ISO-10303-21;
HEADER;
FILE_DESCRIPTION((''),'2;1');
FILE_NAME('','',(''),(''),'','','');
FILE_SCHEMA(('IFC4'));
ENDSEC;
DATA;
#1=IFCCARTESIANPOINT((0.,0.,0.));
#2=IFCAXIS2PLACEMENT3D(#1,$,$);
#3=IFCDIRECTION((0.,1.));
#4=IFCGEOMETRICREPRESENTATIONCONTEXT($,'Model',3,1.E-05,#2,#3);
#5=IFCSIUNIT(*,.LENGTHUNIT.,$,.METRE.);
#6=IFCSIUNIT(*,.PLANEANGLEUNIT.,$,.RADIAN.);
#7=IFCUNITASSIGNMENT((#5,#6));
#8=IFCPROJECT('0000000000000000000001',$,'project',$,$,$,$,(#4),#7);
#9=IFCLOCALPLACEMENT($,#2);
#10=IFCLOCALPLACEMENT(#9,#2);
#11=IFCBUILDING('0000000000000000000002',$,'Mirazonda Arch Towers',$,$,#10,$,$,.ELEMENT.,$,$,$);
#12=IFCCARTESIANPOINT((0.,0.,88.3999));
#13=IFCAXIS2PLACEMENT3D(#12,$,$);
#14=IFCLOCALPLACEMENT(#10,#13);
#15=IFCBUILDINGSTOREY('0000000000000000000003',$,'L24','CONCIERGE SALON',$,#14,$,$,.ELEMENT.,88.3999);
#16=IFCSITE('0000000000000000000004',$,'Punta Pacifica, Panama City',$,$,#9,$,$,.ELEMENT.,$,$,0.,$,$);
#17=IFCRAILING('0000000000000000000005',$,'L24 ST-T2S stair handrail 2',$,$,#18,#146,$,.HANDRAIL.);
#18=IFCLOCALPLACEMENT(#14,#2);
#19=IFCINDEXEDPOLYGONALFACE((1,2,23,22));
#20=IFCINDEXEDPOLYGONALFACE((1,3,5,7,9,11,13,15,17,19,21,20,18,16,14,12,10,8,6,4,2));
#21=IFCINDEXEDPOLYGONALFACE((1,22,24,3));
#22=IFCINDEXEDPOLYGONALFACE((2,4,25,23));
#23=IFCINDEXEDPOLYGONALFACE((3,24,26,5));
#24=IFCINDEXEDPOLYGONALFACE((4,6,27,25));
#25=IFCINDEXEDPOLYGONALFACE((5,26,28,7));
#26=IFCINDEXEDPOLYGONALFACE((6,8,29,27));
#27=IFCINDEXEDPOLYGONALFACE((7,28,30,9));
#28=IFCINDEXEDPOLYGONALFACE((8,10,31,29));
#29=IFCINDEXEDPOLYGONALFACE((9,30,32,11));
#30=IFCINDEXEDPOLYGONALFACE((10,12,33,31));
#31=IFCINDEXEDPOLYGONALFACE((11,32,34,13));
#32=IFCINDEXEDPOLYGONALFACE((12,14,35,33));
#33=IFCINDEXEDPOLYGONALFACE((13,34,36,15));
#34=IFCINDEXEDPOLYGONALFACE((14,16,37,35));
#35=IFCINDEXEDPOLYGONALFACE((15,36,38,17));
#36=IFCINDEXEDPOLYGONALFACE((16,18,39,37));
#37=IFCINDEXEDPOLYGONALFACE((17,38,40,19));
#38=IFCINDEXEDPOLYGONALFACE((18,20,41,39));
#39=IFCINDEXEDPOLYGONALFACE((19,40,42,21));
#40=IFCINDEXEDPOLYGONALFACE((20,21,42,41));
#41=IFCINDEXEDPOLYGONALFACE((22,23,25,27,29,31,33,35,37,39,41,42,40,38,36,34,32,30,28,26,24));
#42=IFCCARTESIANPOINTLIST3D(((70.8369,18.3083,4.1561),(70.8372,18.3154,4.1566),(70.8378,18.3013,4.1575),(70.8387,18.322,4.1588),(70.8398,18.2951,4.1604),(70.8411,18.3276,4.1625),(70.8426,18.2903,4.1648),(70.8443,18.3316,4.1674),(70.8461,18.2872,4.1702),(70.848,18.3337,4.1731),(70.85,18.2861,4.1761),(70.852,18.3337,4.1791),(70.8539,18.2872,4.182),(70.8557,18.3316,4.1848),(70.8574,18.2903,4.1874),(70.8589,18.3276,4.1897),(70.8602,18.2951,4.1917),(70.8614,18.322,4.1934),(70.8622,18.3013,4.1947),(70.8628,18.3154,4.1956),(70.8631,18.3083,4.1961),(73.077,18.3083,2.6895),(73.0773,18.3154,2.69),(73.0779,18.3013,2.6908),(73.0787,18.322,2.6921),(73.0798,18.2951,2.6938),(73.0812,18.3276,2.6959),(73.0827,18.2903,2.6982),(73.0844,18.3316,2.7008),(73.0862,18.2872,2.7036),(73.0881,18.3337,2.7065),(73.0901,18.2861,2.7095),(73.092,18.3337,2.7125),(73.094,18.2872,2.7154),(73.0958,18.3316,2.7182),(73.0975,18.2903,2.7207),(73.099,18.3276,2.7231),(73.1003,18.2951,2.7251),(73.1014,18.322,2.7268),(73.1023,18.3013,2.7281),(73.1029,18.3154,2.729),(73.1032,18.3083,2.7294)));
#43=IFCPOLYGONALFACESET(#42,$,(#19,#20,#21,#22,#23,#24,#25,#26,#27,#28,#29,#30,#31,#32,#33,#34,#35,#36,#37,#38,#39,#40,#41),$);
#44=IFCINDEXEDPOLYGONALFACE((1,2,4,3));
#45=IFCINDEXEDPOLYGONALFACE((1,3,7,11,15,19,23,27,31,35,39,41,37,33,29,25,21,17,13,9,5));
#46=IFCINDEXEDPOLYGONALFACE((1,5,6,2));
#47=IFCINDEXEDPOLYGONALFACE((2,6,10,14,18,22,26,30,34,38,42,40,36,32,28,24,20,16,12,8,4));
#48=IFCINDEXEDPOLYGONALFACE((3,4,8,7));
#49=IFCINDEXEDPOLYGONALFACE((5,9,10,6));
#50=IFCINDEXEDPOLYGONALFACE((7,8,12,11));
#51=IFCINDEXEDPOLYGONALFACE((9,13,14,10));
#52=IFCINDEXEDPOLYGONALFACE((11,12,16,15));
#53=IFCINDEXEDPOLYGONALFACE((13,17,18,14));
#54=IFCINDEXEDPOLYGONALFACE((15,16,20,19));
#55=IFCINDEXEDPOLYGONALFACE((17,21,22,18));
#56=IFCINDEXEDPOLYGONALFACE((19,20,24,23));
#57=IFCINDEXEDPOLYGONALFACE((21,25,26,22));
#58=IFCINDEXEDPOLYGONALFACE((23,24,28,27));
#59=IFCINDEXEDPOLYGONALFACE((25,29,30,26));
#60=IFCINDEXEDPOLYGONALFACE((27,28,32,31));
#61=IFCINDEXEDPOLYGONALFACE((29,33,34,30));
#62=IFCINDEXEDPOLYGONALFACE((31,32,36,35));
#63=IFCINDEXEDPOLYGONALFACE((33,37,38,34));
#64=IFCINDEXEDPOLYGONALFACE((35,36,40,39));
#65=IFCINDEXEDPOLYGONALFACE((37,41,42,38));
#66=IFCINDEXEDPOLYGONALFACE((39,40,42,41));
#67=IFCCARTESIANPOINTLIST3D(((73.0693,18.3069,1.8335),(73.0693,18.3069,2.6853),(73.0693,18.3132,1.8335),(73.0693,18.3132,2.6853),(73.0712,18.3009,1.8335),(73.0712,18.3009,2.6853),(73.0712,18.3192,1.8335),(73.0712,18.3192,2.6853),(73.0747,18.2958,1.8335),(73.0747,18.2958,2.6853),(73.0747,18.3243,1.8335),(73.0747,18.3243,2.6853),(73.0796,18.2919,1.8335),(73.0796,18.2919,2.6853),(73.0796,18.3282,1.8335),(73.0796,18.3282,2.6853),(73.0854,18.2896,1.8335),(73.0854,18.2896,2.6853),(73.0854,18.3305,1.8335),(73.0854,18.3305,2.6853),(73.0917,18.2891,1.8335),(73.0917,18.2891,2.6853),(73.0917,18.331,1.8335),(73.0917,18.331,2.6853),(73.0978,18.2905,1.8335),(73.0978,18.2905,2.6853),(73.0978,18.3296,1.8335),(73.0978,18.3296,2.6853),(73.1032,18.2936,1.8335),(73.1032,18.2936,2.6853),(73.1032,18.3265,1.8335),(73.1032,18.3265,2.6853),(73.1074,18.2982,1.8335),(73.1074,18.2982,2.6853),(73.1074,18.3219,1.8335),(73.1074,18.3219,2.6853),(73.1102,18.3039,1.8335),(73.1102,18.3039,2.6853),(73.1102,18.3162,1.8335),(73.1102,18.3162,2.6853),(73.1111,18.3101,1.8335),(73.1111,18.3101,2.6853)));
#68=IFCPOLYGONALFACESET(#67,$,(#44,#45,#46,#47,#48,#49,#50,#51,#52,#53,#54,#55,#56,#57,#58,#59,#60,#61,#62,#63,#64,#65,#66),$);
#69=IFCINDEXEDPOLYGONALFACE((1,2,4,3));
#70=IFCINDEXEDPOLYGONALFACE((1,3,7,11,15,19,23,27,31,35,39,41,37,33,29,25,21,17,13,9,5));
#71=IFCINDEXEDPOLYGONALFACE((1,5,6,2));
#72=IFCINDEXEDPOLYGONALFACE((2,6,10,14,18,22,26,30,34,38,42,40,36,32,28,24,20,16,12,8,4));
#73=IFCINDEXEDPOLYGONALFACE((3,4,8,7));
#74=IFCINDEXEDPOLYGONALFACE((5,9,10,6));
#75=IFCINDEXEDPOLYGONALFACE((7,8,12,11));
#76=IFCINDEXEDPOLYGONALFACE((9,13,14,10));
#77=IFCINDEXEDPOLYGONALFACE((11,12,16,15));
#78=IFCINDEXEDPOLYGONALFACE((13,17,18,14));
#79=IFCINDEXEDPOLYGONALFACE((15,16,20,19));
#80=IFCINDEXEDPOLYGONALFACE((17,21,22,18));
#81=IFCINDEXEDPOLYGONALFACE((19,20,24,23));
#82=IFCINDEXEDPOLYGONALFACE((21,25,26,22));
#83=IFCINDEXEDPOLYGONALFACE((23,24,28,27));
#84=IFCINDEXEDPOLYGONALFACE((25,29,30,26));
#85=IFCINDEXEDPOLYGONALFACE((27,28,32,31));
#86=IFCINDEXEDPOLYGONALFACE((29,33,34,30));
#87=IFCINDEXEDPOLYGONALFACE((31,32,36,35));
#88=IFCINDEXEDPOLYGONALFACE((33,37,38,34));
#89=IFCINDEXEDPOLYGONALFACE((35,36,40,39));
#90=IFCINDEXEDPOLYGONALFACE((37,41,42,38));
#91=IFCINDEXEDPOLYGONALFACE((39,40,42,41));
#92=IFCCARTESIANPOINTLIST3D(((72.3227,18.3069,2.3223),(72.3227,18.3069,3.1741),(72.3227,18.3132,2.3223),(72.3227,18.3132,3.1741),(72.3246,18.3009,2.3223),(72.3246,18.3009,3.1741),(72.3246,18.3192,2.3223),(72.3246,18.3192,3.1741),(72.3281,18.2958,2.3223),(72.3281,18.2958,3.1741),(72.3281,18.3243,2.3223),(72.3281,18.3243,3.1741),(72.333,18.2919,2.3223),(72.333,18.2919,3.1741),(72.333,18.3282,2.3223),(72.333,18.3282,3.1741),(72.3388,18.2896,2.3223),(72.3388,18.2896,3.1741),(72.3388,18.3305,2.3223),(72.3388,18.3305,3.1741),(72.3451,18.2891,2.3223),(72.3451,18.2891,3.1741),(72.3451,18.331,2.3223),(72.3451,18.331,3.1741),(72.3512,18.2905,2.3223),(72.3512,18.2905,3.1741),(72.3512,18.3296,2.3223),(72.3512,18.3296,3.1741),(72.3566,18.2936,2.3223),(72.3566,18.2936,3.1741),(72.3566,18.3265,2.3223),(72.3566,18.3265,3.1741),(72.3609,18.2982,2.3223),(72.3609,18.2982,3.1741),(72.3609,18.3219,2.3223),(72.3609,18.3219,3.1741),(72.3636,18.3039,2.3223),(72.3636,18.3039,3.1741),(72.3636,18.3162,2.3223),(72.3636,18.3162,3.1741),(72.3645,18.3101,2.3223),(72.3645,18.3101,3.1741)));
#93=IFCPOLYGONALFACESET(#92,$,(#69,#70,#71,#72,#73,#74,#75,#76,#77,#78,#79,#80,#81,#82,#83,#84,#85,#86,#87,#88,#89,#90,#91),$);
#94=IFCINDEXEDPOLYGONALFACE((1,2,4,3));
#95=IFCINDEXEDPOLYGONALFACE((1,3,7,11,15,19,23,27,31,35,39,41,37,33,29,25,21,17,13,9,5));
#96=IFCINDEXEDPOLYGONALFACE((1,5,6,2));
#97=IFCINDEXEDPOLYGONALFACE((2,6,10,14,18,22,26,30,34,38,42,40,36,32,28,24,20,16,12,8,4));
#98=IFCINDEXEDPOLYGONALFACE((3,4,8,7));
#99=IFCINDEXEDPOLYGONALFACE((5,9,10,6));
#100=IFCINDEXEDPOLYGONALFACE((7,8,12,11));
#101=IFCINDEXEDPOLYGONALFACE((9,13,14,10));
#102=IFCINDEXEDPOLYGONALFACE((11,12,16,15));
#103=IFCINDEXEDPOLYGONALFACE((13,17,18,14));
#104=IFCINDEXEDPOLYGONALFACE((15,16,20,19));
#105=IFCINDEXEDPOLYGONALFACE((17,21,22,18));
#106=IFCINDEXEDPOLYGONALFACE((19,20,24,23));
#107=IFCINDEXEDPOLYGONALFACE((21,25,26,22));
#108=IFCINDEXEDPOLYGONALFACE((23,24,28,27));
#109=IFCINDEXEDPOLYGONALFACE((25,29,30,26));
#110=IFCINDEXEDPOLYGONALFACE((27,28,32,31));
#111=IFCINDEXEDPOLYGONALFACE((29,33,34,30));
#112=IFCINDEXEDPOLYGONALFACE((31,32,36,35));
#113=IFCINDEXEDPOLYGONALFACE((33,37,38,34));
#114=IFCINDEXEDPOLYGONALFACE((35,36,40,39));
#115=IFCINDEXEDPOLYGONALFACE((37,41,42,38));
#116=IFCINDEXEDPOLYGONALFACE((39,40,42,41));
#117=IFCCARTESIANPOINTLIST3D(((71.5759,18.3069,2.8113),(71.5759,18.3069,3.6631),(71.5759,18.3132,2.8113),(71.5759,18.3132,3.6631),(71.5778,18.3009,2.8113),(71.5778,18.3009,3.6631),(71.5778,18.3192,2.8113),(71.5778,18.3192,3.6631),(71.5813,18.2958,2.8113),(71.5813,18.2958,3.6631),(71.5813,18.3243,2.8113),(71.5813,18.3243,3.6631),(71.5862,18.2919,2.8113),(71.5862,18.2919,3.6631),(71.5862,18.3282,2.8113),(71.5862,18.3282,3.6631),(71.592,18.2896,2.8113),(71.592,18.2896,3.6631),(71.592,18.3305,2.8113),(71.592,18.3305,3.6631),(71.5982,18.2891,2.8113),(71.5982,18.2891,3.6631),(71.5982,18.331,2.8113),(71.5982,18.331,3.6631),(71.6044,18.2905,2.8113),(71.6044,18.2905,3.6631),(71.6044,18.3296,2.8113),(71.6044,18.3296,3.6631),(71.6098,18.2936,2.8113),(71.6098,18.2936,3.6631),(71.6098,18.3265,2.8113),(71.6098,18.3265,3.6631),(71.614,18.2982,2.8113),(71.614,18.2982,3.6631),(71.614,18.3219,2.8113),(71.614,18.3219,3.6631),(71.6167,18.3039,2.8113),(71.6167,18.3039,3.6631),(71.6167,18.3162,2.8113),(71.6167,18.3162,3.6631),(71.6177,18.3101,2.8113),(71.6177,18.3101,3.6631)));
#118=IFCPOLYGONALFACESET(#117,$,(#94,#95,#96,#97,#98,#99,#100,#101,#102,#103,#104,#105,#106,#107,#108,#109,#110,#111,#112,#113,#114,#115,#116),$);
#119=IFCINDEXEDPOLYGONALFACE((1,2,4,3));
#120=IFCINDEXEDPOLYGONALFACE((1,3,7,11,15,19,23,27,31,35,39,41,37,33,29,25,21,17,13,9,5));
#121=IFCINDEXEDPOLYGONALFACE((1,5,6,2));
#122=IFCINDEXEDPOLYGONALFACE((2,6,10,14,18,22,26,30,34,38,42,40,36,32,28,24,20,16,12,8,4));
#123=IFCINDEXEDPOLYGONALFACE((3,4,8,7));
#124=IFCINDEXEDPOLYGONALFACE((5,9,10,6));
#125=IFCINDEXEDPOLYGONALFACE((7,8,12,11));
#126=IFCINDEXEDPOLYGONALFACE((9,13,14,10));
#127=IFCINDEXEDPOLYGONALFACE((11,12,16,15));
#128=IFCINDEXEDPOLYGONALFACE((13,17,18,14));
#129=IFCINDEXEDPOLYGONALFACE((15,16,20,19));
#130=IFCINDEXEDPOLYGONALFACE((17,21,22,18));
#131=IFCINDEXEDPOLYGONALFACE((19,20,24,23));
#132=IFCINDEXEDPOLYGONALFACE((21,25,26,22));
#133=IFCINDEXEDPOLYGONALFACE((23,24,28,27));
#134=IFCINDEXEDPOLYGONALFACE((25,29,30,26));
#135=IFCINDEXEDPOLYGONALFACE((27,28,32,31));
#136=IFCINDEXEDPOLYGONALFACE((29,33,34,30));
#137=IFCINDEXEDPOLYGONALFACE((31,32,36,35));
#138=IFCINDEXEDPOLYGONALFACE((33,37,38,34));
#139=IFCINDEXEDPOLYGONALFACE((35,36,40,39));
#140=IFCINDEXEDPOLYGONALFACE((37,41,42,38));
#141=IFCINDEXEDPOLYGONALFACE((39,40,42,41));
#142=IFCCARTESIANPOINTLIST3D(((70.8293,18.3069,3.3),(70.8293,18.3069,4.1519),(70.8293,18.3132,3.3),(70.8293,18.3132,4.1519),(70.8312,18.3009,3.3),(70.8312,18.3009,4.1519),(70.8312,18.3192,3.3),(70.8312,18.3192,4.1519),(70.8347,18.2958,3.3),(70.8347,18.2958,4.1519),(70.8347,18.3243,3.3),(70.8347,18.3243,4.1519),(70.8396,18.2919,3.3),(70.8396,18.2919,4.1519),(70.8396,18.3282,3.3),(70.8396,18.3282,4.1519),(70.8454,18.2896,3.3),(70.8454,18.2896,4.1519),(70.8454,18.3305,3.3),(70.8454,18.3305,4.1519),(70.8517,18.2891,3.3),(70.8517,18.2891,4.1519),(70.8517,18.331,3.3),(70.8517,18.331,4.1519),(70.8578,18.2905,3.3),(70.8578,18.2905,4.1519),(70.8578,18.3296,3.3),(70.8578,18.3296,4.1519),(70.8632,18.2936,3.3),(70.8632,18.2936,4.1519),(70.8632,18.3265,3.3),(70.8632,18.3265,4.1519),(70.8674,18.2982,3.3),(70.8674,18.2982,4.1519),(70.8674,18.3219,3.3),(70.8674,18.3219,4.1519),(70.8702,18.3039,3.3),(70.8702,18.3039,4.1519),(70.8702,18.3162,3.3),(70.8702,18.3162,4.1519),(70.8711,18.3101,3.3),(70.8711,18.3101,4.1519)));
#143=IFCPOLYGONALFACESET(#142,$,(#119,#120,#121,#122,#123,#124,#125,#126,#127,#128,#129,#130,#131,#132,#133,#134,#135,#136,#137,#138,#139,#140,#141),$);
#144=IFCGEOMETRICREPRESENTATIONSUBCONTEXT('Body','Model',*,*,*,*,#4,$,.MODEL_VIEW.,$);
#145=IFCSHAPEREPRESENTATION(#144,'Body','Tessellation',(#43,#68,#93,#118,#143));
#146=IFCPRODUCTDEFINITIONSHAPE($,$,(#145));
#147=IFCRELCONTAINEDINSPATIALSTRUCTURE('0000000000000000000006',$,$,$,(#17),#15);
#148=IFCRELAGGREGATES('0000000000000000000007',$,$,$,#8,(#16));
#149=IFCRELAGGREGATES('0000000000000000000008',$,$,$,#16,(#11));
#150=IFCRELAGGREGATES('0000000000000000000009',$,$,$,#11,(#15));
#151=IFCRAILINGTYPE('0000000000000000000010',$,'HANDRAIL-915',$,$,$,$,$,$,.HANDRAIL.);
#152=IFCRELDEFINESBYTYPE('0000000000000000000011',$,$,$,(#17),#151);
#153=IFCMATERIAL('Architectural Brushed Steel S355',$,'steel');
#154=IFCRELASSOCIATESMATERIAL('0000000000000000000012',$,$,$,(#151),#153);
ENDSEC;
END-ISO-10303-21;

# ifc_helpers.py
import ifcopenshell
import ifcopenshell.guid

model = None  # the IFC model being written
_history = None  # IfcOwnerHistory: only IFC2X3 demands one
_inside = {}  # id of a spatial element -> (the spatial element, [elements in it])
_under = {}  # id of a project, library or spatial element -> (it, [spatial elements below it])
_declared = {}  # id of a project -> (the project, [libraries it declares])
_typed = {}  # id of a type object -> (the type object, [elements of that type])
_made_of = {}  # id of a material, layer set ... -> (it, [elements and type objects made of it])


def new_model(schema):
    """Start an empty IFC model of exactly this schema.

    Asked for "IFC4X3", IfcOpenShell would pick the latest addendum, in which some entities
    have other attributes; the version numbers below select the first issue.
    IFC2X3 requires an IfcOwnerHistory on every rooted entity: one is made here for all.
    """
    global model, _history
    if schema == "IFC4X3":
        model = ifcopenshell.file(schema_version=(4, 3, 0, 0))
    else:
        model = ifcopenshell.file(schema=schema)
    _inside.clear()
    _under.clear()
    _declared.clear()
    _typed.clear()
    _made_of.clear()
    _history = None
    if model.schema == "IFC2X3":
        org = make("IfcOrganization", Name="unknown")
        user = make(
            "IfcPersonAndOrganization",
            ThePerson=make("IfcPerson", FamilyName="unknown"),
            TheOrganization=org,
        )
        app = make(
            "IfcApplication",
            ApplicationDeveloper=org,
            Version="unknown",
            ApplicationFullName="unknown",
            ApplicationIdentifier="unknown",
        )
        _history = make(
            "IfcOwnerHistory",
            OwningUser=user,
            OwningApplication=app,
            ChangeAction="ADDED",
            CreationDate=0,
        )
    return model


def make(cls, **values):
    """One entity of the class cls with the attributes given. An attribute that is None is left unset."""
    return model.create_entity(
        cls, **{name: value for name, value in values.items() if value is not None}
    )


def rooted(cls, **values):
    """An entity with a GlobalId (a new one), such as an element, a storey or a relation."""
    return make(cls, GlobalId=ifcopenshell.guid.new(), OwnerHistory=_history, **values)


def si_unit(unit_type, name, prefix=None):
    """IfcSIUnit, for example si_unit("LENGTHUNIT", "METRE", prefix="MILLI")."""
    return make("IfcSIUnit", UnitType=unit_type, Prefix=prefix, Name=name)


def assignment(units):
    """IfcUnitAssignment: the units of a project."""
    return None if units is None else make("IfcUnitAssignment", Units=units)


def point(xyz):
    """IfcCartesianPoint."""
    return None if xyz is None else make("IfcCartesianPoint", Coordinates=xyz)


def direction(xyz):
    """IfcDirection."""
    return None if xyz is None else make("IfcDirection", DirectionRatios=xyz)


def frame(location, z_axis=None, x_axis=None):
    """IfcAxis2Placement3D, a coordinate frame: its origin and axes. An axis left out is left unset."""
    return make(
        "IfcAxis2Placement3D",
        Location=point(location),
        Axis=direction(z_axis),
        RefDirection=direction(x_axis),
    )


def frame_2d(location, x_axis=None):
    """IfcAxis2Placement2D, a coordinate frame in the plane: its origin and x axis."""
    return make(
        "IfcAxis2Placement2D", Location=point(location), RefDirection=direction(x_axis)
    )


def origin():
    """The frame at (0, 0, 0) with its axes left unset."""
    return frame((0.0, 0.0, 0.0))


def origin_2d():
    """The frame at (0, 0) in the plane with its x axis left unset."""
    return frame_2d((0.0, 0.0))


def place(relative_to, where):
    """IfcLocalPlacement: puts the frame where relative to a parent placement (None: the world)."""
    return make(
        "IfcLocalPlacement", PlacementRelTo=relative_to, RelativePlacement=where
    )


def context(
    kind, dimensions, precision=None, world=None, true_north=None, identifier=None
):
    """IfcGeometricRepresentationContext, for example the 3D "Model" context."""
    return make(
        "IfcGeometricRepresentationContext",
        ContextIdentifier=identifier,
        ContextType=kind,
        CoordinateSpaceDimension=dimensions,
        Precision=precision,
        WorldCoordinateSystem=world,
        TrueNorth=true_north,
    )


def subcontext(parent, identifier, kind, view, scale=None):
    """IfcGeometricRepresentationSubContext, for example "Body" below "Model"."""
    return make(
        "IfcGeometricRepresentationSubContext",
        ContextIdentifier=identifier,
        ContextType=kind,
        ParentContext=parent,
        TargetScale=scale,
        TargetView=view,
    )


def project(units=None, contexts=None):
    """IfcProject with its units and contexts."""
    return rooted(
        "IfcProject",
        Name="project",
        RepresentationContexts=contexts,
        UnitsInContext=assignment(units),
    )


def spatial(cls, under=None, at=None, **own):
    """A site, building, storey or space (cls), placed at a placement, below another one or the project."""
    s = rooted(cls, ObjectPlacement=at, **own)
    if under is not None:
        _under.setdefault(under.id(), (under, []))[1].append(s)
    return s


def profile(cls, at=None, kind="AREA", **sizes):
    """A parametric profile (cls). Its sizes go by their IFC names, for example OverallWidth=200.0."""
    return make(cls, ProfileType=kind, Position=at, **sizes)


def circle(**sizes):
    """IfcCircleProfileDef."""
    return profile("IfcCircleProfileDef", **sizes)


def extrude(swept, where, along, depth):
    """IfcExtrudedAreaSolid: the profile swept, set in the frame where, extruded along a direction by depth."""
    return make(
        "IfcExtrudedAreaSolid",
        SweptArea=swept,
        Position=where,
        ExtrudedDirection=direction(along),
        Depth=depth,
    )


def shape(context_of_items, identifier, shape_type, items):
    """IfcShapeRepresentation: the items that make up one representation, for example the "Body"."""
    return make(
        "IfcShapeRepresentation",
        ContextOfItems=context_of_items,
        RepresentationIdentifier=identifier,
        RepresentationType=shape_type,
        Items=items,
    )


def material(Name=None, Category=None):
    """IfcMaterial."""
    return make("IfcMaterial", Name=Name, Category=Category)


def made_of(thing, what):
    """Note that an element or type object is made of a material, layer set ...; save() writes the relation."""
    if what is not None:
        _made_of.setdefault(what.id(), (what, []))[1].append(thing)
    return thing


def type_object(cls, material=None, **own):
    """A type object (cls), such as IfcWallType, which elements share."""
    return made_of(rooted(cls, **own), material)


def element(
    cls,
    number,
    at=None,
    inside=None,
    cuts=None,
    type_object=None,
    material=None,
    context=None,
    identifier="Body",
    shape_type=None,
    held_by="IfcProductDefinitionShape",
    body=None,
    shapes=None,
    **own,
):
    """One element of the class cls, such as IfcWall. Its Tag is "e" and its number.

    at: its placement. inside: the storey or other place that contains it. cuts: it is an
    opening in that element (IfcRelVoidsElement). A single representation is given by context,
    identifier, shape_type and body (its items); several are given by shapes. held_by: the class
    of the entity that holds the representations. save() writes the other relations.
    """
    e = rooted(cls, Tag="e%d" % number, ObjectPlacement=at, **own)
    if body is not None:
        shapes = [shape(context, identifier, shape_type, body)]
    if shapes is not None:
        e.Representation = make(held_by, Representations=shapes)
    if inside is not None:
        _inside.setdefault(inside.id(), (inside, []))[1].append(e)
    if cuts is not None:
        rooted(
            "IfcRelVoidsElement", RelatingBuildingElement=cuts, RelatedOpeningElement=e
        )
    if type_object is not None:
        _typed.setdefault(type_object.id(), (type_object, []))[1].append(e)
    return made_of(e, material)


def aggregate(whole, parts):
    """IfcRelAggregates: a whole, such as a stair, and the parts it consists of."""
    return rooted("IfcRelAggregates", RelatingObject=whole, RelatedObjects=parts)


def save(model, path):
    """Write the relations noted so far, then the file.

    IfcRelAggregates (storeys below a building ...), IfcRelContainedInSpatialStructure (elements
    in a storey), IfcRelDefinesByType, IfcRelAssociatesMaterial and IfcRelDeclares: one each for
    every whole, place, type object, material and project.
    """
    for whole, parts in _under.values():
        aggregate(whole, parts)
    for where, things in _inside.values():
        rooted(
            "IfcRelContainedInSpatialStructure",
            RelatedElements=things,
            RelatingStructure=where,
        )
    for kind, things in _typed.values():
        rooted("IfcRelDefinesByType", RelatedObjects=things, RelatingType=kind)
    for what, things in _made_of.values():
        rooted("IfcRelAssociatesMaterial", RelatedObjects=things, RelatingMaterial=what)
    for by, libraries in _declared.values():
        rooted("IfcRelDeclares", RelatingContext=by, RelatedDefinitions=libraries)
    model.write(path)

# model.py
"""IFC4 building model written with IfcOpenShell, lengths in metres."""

from ifc_helpers import new_model, si_unit, direction, frame, origin, origin_2d, place, context, subcontext, project, spatial, circle, extrude, material, type_object, element, save


model = new_model("IFC4")

# Units and contexts
model_context = context("Model", 3, precision=1e-05, world=origin(), true_north=direction((0.0, 1.0)))
body_context = subcontext(model_context, "Body", "Model", "MODEL_VIEW")
ifc_project = project(units=[si_unit("LENGTHUNIT", "METRE"), si_unit("PLANEANGLEUNIT", "RADIAN")], contexts=[model_context])

# Site, building, storey
site_placement = place(None, origin())
site = spatial("IfcSite", under=ifc_project, at=site_placement, Name="Punta Pacifica, Panama City", CompositionType="ELEMENT", RefElevation=0.0)
building_placement = place(site_placement, origin())
building = spatial("IfcBuilding", under=site, at=building_placement, Name="Mirazonda Arch Towers", CompositionType="ELEMENT")
storey_placement = place(building_placement, frame((0.0, 0.0, 88.3999)))
storey = spatial("IfcBuildingStorey", under=building, at=storey_placement, Name="L24", Description="CONCIERGE SALON", CompositionType="ELEMENT", Elevation=88.3999)

# Railing
ifc_material_1 = material(Name="Architectural Brushed Steel S355", Category="steel")
railing_type_1 = type_object("IfcRailingType", Name="HANDRAIL-915", PredefinedType="HANDRAIL", material=ifc_material_1)
railing_1_placement = place(storey_placement, frame((73.0901, 18.3101, 1.8335)))
element("IfcRailing", 1, at=railing_1_placement, inside=storey, type_object=railing_type_1, Name="L24 ST-T2S stair handrail 2", PredefinedType="HANDRAIL", context=body_context, shape_type="SweptSolid", body=[
    extrude(circle(Radius=0.0239, at=origin_2d()), frame((0.0, 0.0, 0.876), z_axis=(-0.836637, 0.0, 0.547758), x_axis=(0.0, -1.0, 0.0)), (0.0, 0.0, 1.0), 2.6775),
    extrude(circle(Radius=0.021, at=origin_2d()), origin(), (0.0, 0.0, 1.0), 0.8518),
    extrude(circle(Radius=0.021, at=origin_2d()), frame((-0.7466, 0.0, 0.4888)), (0.0, 0.0, 1.0), 0.8518),
    extrude(circle(Radius=0.021, at=origin_2d()), frame((-1.4934, 0.0, 0.9778)), (0.0, 0.0, 1.0), 0.8518),
    extrude(circle(Radius=0.021, at=origin_2d()), frame((-2.24, 0.0, 1.4666)), (0.0, 0.0, 1.0), 0.8518),
])

save(model, "model.ifc")
